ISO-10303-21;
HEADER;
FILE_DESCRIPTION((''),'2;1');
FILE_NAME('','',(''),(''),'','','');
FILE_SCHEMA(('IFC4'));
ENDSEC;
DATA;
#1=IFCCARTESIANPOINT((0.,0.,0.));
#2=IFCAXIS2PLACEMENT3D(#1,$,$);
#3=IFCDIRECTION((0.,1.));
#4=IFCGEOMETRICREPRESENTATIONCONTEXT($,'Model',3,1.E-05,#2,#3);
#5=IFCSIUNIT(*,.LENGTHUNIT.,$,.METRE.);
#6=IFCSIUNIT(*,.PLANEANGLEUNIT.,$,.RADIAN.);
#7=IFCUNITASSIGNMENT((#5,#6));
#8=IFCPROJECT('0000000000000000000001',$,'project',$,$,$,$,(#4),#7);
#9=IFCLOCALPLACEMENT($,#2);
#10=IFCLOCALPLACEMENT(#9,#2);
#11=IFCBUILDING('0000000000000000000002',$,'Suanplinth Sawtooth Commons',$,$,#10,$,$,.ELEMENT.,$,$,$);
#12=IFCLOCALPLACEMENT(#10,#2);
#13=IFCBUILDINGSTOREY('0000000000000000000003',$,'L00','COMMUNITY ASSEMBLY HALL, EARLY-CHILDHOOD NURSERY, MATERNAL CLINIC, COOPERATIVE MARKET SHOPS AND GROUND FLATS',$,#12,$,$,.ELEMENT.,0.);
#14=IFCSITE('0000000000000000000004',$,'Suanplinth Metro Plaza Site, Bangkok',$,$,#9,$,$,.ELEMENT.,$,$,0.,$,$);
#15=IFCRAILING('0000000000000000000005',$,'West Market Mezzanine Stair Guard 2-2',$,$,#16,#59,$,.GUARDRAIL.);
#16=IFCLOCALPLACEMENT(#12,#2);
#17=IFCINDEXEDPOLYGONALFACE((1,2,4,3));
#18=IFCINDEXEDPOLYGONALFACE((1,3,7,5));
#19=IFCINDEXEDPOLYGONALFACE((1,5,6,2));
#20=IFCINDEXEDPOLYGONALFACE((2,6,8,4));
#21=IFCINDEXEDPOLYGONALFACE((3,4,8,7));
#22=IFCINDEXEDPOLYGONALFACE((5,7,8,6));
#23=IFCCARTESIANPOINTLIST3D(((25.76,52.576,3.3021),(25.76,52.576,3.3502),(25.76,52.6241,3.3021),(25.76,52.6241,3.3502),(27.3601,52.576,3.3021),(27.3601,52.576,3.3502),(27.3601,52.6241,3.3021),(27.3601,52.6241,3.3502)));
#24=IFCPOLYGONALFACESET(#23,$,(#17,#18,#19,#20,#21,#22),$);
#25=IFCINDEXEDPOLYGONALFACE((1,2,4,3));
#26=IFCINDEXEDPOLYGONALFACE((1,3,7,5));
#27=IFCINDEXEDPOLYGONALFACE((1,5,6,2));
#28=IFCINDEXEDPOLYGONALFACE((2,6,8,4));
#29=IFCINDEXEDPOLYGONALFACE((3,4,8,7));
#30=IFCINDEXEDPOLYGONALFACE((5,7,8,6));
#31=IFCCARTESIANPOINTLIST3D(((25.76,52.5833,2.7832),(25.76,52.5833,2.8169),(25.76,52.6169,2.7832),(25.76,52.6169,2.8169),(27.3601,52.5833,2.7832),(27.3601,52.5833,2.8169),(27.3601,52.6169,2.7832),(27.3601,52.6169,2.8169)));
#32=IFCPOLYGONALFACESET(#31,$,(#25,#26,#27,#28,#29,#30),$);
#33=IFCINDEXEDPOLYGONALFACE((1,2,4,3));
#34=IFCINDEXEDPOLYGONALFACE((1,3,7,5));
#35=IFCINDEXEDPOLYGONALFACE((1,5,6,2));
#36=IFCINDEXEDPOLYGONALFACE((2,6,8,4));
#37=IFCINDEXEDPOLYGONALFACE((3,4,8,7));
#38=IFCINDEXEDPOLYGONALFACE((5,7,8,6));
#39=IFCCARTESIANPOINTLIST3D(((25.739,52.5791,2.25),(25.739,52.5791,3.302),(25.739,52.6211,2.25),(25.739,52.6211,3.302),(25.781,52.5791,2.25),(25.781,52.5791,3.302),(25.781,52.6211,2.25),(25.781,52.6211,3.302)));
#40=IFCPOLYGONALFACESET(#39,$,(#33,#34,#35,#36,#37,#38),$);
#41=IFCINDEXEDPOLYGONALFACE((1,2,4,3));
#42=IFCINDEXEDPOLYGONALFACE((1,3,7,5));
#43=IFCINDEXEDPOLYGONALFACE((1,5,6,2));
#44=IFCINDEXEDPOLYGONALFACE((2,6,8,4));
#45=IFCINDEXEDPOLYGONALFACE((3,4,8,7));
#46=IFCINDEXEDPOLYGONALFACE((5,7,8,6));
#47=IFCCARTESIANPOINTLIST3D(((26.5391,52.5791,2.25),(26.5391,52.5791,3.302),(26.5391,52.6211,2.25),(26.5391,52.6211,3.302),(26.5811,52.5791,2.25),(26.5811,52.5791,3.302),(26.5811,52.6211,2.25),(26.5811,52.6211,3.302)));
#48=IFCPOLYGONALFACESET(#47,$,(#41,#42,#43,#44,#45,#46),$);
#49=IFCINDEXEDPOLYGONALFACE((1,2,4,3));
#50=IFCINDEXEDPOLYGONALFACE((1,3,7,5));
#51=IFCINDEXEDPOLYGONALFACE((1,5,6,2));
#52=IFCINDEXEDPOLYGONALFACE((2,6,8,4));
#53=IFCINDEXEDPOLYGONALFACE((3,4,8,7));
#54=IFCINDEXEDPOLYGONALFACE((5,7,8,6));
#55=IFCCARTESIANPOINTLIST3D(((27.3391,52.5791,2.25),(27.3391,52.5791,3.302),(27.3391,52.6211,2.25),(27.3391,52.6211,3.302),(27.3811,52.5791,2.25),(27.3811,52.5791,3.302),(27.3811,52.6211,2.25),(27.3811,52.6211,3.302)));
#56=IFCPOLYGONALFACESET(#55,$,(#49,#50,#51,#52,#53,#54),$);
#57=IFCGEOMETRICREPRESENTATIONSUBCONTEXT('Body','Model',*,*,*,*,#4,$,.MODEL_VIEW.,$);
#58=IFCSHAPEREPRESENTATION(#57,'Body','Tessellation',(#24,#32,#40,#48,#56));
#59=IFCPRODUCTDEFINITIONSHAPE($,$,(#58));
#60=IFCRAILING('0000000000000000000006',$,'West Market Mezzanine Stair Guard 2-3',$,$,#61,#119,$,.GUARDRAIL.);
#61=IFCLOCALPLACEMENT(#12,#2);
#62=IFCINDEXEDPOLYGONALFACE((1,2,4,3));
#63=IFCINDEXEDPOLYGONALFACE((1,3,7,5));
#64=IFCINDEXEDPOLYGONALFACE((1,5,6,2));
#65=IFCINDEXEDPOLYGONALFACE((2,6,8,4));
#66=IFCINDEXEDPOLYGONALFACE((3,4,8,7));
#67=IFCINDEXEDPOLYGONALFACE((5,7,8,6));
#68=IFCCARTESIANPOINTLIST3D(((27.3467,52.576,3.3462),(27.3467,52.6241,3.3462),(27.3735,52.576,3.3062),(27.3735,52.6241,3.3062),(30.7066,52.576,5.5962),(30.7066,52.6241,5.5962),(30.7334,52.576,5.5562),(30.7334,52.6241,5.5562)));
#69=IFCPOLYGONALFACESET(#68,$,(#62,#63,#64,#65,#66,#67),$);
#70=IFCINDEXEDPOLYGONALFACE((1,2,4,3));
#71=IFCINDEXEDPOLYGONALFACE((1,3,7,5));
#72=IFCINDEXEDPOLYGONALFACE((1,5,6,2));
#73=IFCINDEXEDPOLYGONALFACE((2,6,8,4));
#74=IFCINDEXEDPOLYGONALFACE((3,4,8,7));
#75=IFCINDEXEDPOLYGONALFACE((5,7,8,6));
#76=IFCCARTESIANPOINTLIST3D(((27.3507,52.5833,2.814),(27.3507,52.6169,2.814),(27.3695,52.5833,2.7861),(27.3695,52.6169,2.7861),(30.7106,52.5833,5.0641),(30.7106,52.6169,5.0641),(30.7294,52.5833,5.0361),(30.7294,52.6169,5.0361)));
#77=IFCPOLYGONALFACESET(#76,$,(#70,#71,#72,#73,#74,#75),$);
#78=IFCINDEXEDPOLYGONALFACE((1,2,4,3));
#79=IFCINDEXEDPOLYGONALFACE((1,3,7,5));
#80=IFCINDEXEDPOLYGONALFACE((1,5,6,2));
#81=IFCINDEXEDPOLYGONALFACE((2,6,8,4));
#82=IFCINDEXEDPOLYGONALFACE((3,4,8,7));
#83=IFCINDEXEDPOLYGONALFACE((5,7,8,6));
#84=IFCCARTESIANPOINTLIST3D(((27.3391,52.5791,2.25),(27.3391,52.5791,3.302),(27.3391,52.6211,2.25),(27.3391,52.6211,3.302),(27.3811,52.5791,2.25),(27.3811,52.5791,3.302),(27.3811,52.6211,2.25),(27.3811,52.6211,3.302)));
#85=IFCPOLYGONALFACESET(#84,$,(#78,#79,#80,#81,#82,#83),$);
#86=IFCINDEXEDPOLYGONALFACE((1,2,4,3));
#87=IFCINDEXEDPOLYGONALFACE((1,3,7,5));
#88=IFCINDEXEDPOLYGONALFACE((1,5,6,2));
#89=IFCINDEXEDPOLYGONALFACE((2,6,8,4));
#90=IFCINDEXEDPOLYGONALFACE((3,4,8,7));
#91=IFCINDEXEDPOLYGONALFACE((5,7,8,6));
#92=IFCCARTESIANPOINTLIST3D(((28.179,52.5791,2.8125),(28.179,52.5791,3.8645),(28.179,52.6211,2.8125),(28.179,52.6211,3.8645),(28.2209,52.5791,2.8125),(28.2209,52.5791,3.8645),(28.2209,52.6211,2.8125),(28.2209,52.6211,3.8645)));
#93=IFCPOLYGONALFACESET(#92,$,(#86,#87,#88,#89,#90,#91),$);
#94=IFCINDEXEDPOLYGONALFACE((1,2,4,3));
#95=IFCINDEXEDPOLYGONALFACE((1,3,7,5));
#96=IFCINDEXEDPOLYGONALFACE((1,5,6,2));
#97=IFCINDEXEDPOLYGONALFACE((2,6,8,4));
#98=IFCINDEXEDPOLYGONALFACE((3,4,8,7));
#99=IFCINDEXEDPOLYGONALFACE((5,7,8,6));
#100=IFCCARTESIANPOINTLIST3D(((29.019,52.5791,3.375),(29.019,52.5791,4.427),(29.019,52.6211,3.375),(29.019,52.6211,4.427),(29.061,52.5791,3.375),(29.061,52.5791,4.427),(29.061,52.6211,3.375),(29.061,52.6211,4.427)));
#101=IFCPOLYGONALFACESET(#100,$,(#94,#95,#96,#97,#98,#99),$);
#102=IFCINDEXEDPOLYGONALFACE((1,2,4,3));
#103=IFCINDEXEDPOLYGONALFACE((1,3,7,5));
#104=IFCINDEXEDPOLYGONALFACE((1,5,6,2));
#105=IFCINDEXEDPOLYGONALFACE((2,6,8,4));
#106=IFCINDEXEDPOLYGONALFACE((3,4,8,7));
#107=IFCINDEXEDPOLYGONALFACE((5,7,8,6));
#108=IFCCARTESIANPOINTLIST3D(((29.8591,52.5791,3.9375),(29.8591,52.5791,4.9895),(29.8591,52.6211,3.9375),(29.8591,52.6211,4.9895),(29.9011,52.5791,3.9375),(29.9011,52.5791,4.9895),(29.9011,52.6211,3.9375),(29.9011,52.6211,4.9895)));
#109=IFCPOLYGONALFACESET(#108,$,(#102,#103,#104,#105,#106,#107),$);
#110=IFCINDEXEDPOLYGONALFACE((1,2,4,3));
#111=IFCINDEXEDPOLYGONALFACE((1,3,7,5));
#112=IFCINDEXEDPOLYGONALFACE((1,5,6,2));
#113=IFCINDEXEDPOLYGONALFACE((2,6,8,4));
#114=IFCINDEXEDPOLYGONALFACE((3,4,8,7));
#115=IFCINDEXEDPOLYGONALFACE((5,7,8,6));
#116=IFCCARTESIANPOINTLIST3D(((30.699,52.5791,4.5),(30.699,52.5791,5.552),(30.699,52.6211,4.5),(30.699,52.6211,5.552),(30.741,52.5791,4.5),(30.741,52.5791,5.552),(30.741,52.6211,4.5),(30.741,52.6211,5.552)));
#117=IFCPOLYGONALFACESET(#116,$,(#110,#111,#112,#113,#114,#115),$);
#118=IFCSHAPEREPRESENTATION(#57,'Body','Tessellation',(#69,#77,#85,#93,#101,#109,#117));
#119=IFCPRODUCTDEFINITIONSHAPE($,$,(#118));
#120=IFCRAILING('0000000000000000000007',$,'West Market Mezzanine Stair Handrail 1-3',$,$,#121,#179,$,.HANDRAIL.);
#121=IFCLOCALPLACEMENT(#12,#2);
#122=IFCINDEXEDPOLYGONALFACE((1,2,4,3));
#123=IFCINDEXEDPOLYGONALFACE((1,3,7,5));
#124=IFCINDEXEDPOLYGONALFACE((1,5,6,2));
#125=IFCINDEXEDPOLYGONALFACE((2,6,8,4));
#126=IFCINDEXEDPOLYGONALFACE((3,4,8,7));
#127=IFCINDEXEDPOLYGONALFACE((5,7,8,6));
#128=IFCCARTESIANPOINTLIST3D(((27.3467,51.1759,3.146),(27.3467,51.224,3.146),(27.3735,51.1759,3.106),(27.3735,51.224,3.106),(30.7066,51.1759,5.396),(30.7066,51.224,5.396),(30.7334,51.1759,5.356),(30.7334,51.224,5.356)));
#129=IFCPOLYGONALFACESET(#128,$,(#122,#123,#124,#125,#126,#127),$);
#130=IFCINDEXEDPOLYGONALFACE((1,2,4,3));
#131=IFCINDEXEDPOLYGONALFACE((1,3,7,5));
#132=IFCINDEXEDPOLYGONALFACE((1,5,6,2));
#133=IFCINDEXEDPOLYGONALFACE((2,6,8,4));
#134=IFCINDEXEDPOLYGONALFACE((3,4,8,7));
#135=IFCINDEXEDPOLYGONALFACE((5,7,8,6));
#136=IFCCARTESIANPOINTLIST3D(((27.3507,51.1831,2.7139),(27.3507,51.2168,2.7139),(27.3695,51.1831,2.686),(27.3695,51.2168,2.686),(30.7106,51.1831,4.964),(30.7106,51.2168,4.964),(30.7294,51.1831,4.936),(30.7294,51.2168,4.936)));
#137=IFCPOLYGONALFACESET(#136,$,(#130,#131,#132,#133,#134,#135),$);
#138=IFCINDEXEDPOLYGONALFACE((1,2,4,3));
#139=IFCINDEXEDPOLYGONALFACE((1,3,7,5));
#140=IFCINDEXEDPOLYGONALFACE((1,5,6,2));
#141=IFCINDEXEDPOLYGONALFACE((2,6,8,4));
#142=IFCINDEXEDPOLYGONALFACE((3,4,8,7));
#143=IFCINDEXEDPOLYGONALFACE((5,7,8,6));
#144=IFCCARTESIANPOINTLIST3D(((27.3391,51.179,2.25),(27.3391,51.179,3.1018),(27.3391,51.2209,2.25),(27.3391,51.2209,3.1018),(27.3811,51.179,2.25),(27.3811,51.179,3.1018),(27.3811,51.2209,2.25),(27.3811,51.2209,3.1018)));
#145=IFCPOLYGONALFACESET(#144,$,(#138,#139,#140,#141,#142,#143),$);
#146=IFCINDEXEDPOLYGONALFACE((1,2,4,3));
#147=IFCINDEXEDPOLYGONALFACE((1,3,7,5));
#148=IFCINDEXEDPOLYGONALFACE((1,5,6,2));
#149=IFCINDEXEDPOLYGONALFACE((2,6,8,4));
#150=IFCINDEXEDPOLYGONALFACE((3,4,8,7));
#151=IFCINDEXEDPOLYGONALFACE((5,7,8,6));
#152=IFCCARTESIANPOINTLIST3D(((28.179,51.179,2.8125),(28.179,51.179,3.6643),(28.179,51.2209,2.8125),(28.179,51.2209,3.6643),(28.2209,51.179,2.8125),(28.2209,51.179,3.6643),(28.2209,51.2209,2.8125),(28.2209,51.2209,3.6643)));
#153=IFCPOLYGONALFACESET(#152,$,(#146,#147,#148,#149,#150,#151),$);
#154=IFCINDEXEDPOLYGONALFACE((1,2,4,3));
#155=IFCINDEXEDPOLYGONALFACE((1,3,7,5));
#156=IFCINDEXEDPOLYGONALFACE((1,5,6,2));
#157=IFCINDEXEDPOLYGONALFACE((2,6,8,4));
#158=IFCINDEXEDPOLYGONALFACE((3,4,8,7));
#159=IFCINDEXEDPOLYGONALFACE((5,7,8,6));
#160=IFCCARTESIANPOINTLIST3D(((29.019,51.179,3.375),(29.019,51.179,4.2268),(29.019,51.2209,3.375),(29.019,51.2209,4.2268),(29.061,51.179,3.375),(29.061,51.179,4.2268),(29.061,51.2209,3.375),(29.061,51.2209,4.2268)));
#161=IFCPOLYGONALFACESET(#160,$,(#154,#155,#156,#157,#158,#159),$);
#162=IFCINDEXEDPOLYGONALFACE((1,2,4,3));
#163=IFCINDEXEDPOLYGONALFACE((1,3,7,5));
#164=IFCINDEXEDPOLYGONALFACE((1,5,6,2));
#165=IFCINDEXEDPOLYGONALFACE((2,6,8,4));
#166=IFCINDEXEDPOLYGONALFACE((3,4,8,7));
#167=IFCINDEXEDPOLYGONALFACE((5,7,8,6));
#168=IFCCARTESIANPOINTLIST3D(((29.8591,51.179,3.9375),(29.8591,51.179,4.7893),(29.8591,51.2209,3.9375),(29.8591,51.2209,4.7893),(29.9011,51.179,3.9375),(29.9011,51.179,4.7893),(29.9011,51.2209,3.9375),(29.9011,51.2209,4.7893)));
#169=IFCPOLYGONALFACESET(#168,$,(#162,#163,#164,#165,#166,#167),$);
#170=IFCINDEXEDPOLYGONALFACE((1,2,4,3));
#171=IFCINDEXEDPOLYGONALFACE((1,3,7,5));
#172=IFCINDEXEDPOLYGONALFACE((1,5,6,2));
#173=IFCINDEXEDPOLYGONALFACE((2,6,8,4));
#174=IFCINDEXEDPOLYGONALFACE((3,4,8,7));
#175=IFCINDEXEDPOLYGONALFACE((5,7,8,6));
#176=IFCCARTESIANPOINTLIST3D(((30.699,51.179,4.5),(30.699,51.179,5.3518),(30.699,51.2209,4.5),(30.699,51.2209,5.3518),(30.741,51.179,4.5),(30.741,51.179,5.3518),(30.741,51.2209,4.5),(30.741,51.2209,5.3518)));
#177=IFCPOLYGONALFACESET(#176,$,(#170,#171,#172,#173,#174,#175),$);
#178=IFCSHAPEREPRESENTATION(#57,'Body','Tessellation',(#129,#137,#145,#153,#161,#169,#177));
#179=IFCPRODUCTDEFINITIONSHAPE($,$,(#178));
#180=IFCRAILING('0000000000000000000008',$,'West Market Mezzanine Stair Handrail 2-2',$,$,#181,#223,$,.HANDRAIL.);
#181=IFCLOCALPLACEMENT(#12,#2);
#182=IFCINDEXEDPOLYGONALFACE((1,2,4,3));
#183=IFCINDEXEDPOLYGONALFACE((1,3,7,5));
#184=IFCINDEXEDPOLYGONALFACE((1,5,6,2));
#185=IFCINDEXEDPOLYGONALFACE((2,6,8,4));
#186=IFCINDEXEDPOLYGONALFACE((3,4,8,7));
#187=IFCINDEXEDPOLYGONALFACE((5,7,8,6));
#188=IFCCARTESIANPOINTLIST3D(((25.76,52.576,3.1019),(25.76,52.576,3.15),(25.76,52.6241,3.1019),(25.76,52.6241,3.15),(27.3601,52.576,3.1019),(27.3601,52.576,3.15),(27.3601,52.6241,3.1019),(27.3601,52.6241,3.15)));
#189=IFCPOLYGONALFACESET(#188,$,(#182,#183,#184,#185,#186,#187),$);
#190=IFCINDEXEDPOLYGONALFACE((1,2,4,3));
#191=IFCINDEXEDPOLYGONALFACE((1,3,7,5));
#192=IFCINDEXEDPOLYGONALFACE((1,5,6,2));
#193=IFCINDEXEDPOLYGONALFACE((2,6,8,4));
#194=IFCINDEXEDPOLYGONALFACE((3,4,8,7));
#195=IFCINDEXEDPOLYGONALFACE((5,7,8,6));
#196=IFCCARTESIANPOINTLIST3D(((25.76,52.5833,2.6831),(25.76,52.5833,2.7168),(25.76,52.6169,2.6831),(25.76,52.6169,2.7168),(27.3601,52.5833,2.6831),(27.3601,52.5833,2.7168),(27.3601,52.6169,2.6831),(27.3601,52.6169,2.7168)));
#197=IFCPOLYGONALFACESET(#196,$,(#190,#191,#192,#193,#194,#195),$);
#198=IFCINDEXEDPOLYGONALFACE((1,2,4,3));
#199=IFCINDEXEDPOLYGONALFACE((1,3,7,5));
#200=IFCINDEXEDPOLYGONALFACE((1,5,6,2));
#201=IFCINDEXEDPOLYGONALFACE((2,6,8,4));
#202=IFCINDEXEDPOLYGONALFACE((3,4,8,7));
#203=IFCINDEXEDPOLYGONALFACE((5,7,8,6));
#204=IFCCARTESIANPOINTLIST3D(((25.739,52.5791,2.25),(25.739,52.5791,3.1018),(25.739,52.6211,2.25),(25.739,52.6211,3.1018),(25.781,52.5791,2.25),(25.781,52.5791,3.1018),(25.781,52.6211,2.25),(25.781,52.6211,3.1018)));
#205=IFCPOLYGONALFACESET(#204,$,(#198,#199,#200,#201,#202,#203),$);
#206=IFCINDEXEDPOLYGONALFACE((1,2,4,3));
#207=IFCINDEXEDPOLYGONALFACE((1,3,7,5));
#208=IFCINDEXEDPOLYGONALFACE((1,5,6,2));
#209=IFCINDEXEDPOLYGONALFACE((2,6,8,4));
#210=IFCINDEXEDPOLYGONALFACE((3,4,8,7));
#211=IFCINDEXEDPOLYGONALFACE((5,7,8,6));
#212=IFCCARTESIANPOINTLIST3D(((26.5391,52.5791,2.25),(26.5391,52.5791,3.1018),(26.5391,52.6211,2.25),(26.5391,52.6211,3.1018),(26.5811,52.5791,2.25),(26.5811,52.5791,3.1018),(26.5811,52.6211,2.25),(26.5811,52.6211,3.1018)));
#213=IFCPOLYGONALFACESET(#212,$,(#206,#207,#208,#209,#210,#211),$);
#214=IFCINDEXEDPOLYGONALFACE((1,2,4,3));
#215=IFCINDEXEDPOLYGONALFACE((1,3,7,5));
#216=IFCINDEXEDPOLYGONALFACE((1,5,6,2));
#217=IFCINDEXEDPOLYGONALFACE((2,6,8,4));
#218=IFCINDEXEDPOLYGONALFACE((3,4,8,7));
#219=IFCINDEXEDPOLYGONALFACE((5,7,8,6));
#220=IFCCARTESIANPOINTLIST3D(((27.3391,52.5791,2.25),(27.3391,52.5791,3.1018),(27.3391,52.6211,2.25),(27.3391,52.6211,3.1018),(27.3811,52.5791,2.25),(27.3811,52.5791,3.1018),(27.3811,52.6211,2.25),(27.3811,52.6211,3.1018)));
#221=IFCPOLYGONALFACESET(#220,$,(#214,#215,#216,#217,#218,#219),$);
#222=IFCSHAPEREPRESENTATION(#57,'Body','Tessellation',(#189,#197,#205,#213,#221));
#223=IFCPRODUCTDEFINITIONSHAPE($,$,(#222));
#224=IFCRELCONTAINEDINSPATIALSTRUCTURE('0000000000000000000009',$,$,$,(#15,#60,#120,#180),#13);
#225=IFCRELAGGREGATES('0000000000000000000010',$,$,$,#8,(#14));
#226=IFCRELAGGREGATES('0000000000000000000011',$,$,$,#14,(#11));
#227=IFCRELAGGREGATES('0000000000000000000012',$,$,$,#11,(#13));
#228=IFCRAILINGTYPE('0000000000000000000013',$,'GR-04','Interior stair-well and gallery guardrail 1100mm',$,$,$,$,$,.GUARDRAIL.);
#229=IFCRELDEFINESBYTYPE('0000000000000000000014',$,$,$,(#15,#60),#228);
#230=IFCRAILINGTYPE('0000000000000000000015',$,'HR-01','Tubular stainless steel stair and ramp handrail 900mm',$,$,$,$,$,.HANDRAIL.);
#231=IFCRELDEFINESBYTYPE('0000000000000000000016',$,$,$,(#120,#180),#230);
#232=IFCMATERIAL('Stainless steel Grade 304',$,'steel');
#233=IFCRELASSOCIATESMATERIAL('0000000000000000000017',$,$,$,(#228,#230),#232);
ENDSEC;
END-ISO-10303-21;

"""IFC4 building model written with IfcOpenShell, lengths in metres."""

from ifc_helpers import new_model, si_unit, direction, frame, origin, origin_2d, place, context, subcontext, project, spatial, rectangle, extrude, material, type_object, element, save


model = new_model("IFC4")

# Units and contexts
model_context = context("Model", 3, precision=1e-05, world=origin(), true_north=direction((0.0, 1.0)))
body_context = subcontext(model_context, "Body", "Model", "MODEL_VIEW")
ifc_project = project(units=[si_unit("LENGTHUNIT", "METRE"), si_unit("PLANEANGLEUNIT", "RADIAN")], contexts=[model_context])

# Site, building, storey
site_placement = place(None, origin())
site = spatial("IfcSite", under=ifc_project, at=site_placement, Name="Suanplinth Metro Plaza Site, Bangkok", CompositionType="ELEMENT", RefElevation=0.0)
building_placement = place(site_placement, origin())
building = spatial("IfcBuilding", under=site, at=building_placement, Name="Suanplinth Sawtooth Commons", CompositionType="ELEMENT")
storey_placement = place(building_placement, origin())
storey = spatial("IfcBuildingStorey", under=building, at=storey_placement, Name="L00", Description="COMMUNITY ASSEMBLY HALL, EARLY-CHILDHOOD NURSERY, MATERNAL CLINIC, COOPERATIVE MARKET SHOPS AND GROUND FLATS", CompositionType="ELEMENT", Elevation=0.0)

# Railings
ifc_material_1 = material(Name="Stainless steel Grade 304", Category="steel")
railing_type_1 = type_object("IfcRailingType", Name="GR-04", Description="Interior stair-well and gallery guardrail 1100mm", PredefinedType="GUARDRAIL", material=ifc_material_1)
railing_1_placement = place(storey_placement, frame((25.76, 52.6001, 2.25)))
element("IfcRailing", 1, at=railing_1_placement, inside=storey, type_object=railing_type_1, Name="West Market Mezzanine Stair Guard 2-2", PredefinedType="GUARDRAIL", context=body_context, shape_type="SweptSolid", body=[
    extrude(rectangle(XDim=0.0481, YDim=0.0481, at=origin_2d()), frame((0.0, 0.0, 1.0762), z_axis=(1.0, 0.0, 0.0), x_axis=(0.0, 1.0, 0.0)), (0.0, 0.0, 1.0), 1.6001),
    extrude(rectangle(XDim=0.0337, YDim=0.0337, at=origin_2d()), frame((0.0, 0.0, 0.55), z_axis=(1.0, 0.0, 0.0), x_axis=(0.0, 1.0, 0.0)), (0.0, 0.0, 1.0), 1.6001),
    extrude(rectangle(XDim=0.042, YDim=0.042, at=origin_2d()), origin(), (0.0, 0.0, 1.0), 1.052),
    extrude(rectangle(XDim=0.042, YDim=0.042, at=origin_2d()), frame((0.8, 0.0, 0.0)), (0.0, 0.0, 1.0), 1.052),
    extrude(rectangle(XDim=0.042, YDim=0.042, at=origin_2d()), frame((1.6001, 0.0, 0.0)), (0.0, 0.0, 1.0), 1.052),
])
railing_2_placement = place(storey_placement, frame((27.3601, 52.6001, 2.25)))
element("IfcRailing", 2, at=railing_2_placement, inside=storey, type_object=railing_type_1, Name="West Market Mezzanine Stair Guard 2-3", PredefinedType="GUARDRAIL", context=body_context, shape_type="SweptSolid", body=[
    extrude(rectangle(XDim=0.0481, YDim=0.0481, at=origin_2d()), frame((0.0, 0.0, 1.0762), z_axis=(0.830897, 0.0, 0.556427), x_axis=(0.0, 1.0, 0.0)), (0.0, 0.0, 1.0), 4.0437),
    extrude(rectangle(XDim=0.0337, YDim=0.0337, at=origin_2d()), frame((0.0, 0.0, 0.55), z_axis=(0.830897, 0.0, 0.556427), x_axis=(0.0, 1.0, 0.0)), (0.0, 0.0, 1.0), 4.0437),
    extrude(rectangle(XDim=0.042, YDim=0.042, at=origin_2d()), origin(), (0.0, 0.0, 1.0), 1.052),
    extrude(rectangle(XDim=0.042, YDim=0.042, at=origin_2d()), frame((0.8398, 0.0, 0.5625)), (0.0, 0.0, 1.0), 1.052),
    extrude(rectangle(XDim=0.042, YDim=0.042, at=origin_2d()), frame((1.6799, 0.0, 1.125)), (0.0, 0.0, 1.0), 1.052),
    extrude(rectangle(XDim=0.042, YDim=0.042, at=origin_2d()), frame((2.52, 0.0, 1.6875)), (0.0, 0.0, 1.0), 1.052),
    extrude(rectangle(XDim=0.042, YDim=0.042, at=origin_2d()), frame((3.3599, 0.0, 2.25)), (0.0, 0.0, 1.0), 1.052),
])
railing_type_2 = type_object("IfcRailingType", Name="HR-01", Description="Tubular stainless steel stair and ramp handrail 900mm", PredefinedType="HANDRAIL", material=ifc_material_1)
railing_3_placement = place(storey_placement, frame((27.3601, 51.2, 2.25)))
element("IfcRailing", 3, at=railing_3_placement, inside=storey, type_object=railing_type_2, Name="West Market Mezzanine Stair Handrail 1-3", PredefinedType="HANDRAIL", context=body_context, shape_type="SweptSolid", body=[
    extrude(rectangle(XDim=0.0481, YDim=0.0481, at=origin_2d()), frame((0.0, 0.0, 0.876), z_axis=(0.830897, 0.0, 0.556427), x_axis=(0.0, 1.0, 0.0)), (0.0, 0.0, 1.0), 4.0437),
    extrude(rectangle(XDim=0.0337, YDim=0.0337, at=origin_2d()), frame((0.0, 0.0, 0.45), z_axis=(0.830897, 0.0, 0.556427), x_axis=(0.0, 1.0, 0.0)), (0.0, 0.0, 1.0), 4.0437),
    extrude(rectangle(XDim=0.042, YDim=0.042, at=origin_2d()), origin(), (0.0, 0.0, 1.0), 0.8518),
    extrude(rectangle(XDim=0.042, YDim=0.042, at=origin_2d()), frame((0.8398, 0.0, 0.5625)), (0.0, 0.0, 1.0), 0.8518),
    extrude(rectangle(XDim=0.042, YDim=0.042, at=origin_2d()), frame((1.6799, 0.0, 1.125)), (0.0, 0.0, 1.0), 0.8518),
    extrude(rectangle(XDim=0.042, YDim=0.042, at=origin_2d()), frame((2.52, 0.0, 1.6875)), (0.0, 0.0, 1.0), 0.8518),
    extrude(rectangle(XDim=0.042, YDim=0.042, at=origin_2d()), frame((3.3599, 0.0, 2.25)), (0.0, 0.0, 1.0), 0.8518),
])
railing_4_placement = place(storey_placement, frame((25.76, 52.6001, 2.25)))
element("IfcRailing", 4, at=railing_4_placement, inside=storey, type_object=railing_type_2, Name="West Market Mezzanine Stair Handrail 2-2", PredefinedType="HANDRAIL", context=body_context, shape_type="SweptSolid", body=[
    extrude(rectangle(XDim=0.0481, YDim=0.0481, at=origin_2d()), frame((0.0, 0.0, 0.876), z_axis=(1.0, 0.0, 0.0), x_axis=(0.0, 1.0, 0.0)), (0.0, 0.0, 1.0), 1.6001),
    extrude(rectangle(XDim=0.0337, YDim=0.0337, at=origin_2d()), frame((0.0, 0.0, 0.45), z_axis=(1.0, 0.0, 0.0), x_axis=(0.0, 1.0, 0.0)), (0.0, 0.0, 1.0), 1.6001),
    extrude(rectangle(XDim=0.042, YDim=0.042, at=origin_2d()), origin(), (0.0, 0.0, 1.0), 0.8518),
    extrude(rectangle(XDim=0.042, YDim=0.042, at=origin_2d()), frame((0.8, 0.0, 0.0)), (0.0, 0.0, 1.0), 0.8518),
    extrude(rectangle(XDim=0.042, YDim=0.042, at=origin_2d()), frame((1.6001, 0.0, 0.0)), (0.0, 0.0, 1.0), 0.8518),
])

save(model, "model.ifc")
